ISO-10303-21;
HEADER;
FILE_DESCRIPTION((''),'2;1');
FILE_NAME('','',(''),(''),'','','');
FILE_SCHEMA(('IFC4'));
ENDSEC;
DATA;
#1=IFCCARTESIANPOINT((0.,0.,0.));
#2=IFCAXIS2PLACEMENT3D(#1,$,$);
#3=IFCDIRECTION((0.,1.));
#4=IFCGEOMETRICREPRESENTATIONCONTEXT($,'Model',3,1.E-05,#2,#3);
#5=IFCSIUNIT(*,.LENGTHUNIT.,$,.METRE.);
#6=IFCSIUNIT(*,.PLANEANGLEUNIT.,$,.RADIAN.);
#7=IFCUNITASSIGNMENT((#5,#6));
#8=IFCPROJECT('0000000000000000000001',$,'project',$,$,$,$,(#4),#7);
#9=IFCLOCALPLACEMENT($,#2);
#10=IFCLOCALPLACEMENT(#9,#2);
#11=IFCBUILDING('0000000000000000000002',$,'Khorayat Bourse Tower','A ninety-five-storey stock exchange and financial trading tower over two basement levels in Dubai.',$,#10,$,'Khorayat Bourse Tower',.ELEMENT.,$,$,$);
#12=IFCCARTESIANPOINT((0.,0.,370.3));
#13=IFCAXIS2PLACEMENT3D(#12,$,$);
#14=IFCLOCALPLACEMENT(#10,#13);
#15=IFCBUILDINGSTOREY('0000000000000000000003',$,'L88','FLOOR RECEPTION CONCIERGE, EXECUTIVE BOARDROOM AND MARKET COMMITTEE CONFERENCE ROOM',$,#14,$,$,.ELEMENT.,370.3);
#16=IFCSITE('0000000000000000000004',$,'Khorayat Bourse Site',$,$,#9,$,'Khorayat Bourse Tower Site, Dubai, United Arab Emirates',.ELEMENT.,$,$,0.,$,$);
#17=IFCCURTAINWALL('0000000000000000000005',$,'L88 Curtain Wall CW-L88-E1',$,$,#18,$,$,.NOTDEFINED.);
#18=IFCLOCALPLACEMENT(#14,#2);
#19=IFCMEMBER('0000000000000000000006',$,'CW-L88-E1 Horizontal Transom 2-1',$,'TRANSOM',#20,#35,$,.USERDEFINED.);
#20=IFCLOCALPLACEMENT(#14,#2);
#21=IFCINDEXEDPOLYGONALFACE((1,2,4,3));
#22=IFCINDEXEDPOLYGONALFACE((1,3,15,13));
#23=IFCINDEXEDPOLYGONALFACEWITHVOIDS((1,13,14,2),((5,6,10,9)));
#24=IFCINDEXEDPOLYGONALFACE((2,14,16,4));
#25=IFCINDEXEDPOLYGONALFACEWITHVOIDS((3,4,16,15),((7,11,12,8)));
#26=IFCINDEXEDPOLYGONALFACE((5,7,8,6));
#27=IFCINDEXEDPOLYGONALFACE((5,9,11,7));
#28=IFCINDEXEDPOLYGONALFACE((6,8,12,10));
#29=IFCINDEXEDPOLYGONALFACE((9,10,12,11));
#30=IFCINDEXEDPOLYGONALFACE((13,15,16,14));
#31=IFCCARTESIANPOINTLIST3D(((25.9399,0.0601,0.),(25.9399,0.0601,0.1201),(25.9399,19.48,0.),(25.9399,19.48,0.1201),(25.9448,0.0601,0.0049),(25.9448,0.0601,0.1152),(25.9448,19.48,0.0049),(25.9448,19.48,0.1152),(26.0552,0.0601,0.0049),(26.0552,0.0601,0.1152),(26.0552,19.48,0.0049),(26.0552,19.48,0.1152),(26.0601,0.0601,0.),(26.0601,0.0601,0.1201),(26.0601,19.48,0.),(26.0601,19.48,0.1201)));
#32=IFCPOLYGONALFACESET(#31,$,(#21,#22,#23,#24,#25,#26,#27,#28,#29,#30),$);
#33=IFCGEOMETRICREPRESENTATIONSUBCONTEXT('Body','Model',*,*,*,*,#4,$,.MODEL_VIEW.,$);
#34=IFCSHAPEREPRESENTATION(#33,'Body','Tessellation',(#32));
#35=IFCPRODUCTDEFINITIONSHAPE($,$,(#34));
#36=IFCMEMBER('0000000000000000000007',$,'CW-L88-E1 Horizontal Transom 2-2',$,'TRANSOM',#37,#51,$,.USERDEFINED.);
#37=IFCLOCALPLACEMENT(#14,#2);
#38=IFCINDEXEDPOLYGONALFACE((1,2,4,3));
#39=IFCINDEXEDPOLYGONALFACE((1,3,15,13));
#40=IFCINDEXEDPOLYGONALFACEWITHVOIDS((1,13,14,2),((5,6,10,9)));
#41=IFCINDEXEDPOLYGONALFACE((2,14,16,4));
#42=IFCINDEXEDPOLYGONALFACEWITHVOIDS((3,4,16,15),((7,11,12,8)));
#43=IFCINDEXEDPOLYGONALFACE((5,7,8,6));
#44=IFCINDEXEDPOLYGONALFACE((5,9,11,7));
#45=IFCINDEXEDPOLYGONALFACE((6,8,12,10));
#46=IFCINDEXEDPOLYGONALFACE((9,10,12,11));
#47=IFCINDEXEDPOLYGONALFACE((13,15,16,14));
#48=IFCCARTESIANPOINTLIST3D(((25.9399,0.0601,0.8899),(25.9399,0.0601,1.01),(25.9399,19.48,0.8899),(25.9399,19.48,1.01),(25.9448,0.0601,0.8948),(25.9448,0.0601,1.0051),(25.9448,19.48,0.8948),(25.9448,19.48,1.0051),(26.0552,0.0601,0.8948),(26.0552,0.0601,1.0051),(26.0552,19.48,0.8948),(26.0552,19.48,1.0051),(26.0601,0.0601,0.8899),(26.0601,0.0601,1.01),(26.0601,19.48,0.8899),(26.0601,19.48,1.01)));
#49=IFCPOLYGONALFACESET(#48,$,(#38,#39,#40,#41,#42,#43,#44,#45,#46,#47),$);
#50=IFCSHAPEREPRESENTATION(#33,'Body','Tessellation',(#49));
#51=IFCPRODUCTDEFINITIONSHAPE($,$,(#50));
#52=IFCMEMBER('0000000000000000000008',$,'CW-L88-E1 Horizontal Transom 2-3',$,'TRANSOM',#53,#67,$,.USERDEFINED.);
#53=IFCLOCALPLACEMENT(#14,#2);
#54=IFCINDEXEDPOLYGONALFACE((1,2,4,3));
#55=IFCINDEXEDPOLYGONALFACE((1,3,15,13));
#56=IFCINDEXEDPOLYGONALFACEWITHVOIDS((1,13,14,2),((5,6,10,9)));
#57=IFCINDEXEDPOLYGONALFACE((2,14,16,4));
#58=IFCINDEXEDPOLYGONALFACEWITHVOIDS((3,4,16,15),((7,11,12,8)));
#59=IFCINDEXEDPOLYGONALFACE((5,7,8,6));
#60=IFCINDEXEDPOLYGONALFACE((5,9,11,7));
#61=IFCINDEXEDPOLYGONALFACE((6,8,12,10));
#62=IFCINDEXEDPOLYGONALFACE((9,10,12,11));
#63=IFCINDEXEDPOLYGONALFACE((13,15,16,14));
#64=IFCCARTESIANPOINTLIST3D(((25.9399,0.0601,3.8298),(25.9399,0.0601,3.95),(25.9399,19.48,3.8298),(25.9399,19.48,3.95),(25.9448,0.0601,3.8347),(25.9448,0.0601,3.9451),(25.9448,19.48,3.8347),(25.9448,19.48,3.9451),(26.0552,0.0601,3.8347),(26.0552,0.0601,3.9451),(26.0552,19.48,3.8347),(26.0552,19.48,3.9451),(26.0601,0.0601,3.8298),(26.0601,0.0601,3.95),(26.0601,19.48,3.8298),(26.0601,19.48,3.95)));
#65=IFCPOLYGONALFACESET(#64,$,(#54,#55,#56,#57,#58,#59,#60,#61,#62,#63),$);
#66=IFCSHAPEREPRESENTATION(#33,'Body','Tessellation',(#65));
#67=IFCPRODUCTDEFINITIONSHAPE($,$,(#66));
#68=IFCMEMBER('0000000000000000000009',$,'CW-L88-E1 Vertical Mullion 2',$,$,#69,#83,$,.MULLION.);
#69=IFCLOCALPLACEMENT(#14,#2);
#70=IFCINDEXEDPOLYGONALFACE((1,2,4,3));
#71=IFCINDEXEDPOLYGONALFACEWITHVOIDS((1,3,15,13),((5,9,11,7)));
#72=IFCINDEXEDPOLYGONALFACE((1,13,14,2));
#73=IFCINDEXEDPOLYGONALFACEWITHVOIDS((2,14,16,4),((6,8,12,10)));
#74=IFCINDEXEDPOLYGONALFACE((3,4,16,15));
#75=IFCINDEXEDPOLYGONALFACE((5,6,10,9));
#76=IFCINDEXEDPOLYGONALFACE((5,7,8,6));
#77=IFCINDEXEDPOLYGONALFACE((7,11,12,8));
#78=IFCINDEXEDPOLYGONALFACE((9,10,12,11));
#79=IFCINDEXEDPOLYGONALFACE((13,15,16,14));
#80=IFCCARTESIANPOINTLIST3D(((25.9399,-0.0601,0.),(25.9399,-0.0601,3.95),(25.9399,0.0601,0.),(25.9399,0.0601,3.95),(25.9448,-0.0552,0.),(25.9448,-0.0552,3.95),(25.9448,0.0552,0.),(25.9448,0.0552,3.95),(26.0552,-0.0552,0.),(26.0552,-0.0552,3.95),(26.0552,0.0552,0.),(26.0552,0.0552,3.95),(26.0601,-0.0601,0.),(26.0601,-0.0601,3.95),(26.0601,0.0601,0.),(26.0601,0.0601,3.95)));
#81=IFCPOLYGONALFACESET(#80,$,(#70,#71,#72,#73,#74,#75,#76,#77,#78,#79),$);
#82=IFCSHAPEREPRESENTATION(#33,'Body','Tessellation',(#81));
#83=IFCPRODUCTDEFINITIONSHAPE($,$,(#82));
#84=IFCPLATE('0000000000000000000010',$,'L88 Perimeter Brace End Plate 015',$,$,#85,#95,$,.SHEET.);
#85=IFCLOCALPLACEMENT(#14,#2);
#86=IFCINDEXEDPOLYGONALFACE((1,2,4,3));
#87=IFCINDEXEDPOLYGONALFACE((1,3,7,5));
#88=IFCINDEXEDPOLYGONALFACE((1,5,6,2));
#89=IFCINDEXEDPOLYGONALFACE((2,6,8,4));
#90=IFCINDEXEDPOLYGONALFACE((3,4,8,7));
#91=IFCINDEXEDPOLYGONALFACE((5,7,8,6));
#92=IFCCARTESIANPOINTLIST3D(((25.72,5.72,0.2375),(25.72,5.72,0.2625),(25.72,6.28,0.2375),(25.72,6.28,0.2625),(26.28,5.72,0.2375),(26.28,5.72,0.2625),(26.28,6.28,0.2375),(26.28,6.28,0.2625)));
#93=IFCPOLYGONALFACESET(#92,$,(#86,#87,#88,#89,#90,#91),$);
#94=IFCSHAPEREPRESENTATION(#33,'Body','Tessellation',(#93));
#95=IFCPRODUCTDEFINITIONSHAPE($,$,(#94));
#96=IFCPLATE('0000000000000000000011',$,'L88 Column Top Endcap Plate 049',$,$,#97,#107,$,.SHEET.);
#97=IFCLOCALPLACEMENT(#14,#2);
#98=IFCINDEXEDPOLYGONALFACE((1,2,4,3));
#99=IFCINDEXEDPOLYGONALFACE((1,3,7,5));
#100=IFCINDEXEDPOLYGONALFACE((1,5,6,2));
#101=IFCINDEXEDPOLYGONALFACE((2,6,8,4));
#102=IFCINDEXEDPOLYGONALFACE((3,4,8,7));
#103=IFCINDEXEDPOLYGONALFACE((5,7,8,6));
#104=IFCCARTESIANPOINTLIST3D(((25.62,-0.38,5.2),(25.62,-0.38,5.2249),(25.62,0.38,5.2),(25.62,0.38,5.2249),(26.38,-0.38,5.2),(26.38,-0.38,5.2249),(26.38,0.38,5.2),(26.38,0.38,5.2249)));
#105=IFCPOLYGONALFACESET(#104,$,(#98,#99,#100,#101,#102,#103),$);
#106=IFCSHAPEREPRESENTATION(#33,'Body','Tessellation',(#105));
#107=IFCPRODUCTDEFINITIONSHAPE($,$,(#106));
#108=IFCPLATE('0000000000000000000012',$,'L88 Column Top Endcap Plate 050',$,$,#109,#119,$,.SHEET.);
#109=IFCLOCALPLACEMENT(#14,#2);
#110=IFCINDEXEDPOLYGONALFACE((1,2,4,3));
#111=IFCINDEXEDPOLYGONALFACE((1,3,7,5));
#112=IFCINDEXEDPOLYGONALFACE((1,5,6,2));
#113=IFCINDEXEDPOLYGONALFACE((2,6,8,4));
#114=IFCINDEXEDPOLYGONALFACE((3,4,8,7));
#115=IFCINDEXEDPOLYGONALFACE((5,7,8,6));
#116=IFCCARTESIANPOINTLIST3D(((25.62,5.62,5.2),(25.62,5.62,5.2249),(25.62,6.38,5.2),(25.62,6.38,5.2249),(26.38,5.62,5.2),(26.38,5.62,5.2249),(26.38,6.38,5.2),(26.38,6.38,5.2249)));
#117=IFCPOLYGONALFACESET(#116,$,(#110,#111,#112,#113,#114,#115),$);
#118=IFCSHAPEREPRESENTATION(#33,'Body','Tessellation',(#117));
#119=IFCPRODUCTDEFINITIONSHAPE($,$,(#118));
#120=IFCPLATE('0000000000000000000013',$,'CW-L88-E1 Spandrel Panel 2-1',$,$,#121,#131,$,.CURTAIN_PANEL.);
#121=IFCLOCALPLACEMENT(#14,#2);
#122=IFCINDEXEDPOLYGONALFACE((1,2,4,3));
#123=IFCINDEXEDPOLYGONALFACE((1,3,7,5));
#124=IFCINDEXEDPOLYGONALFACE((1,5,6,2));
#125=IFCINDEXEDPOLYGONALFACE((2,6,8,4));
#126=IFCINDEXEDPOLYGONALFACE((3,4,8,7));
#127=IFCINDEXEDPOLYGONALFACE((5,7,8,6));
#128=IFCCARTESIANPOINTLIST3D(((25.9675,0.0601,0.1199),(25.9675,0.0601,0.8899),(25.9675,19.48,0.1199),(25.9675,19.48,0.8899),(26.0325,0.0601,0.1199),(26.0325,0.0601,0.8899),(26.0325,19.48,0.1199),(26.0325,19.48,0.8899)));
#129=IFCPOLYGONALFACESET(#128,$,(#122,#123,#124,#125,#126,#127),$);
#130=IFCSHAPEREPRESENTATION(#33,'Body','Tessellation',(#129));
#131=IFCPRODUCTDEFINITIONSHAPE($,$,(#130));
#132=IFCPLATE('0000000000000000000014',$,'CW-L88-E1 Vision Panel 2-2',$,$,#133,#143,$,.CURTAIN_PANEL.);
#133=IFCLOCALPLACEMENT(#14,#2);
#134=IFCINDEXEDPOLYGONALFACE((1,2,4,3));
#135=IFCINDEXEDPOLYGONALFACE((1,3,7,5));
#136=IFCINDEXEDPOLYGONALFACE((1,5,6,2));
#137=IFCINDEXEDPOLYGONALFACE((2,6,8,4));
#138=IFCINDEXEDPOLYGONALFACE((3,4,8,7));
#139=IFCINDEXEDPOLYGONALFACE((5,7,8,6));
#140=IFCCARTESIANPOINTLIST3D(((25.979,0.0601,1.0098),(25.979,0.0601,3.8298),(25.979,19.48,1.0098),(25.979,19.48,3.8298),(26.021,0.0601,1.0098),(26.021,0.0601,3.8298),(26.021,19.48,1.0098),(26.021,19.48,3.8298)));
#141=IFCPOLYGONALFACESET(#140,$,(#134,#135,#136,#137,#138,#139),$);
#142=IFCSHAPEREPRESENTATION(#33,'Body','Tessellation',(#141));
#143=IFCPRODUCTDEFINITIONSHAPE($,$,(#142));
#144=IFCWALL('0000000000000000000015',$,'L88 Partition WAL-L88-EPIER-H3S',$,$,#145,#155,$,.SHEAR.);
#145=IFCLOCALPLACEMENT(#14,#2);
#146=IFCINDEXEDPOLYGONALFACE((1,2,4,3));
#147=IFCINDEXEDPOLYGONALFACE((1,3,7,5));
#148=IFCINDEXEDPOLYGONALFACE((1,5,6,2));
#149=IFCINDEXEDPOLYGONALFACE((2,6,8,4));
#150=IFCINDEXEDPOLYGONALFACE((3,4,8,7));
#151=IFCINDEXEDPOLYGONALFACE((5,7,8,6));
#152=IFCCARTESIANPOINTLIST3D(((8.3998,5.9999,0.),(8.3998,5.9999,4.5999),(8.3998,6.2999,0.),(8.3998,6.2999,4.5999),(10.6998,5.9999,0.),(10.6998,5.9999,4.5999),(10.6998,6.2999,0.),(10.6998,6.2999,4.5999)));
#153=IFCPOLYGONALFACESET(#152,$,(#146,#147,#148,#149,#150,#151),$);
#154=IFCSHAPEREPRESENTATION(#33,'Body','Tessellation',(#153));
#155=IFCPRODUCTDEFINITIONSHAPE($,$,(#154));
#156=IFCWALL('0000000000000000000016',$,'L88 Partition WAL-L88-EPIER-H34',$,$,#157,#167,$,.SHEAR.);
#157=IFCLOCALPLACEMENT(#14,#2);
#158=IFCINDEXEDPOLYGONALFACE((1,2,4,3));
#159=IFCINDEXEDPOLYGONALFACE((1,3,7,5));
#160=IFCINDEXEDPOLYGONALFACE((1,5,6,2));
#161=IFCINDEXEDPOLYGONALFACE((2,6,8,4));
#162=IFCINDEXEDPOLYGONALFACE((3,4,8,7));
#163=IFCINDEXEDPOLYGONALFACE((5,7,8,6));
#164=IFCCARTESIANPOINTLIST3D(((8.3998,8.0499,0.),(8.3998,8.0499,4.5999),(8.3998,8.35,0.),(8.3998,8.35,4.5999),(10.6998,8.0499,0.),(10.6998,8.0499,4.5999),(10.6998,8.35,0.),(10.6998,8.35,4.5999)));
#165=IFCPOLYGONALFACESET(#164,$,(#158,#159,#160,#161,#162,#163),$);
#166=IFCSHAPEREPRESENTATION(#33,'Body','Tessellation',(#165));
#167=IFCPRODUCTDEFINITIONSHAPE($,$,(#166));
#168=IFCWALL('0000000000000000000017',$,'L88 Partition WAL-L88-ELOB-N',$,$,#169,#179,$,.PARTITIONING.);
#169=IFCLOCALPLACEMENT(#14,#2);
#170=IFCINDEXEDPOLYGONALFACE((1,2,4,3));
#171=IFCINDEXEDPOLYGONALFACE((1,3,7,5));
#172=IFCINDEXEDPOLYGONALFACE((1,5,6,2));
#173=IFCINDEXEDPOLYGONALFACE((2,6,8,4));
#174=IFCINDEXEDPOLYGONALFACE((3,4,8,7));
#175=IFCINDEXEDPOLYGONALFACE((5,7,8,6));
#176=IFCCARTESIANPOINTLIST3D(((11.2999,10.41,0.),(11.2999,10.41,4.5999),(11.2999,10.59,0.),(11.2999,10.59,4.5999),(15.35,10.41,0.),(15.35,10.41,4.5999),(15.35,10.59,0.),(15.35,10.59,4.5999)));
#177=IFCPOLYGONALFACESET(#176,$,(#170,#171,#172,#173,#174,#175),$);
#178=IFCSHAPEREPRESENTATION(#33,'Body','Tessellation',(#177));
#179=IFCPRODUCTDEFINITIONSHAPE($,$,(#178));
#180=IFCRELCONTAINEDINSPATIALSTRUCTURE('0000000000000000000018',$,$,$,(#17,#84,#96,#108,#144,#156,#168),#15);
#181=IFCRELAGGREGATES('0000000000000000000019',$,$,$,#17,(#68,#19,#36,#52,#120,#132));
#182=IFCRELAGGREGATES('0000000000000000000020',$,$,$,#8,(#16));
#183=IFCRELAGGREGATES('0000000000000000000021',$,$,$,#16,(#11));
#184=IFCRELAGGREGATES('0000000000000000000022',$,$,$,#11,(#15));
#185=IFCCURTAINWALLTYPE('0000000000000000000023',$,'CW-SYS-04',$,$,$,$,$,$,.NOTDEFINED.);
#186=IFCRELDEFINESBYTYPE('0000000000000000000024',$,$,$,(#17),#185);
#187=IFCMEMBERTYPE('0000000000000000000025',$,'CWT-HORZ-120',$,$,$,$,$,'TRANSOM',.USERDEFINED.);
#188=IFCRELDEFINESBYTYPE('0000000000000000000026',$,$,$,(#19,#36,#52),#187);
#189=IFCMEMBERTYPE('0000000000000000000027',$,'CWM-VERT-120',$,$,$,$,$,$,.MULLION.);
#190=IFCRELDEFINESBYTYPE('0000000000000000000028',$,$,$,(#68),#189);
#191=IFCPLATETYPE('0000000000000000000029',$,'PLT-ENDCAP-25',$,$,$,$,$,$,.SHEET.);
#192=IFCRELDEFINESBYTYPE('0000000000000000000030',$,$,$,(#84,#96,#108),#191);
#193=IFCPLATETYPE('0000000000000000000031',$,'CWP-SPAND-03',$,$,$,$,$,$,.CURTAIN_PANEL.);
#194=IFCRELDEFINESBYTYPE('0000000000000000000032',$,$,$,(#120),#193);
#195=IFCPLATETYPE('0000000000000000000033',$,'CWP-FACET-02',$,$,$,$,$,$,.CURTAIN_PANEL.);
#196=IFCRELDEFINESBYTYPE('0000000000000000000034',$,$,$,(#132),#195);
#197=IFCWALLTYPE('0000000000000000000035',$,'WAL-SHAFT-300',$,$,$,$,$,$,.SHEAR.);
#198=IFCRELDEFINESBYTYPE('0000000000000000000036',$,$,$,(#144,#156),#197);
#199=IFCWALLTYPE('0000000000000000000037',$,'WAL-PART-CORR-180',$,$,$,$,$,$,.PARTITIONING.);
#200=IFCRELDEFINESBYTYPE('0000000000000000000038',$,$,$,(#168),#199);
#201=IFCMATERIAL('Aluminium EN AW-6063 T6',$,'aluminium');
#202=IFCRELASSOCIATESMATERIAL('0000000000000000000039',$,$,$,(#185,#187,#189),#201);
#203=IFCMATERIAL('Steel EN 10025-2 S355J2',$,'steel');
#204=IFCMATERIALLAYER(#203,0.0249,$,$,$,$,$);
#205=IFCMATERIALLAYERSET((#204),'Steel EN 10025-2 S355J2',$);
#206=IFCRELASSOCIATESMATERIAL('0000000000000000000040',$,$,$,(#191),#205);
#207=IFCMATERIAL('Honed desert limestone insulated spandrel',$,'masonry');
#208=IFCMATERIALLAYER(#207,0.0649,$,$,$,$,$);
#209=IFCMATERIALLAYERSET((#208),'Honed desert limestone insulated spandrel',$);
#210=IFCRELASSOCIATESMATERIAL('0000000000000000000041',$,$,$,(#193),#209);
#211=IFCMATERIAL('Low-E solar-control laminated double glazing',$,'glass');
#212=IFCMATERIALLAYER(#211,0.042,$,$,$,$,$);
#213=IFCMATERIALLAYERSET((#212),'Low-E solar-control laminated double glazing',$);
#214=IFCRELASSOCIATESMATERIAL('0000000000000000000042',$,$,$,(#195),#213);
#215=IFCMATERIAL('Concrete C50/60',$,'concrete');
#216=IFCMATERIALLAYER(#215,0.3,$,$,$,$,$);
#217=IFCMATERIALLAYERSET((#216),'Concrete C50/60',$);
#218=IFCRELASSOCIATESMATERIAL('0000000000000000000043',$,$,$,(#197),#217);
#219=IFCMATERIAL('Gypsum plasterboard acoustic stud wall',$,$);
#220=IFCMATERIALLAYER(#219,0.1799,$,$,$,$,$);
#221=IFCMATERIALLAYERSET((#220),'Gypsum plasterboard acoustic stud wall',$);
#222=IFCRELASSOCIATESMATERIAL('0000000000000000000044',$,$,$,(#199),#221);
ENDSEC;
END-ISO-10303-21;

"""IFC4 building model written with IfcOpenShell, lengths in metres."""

from ifc_helpers import new_model, si_unit, direction, frame, frame_2d, origin, origin_2d, place, context, subcontext, project, spatial, rectangle, hollow_rectangle, extrude, source, transform, mapped, material, layer, layer_set, material_profile, profile_set, type_object, element, aggregate, save


model = new_model("IFC4")

# Units and contexts
model_context = context("Model", 3, precision=1e-05, world=origin(), true_north=direction((0.0, 1.0)))
body_context = subcontext(model_context, "Body", "Model", "MODEL_VIEW")
ifc_project = project(units=[si_unit("LENGTHUNIT", "METRE"), si_unit("PLANEANGLEUNIT", "RADIAN")], contexts=[model_context])

# Site, building, storey
site_placement = place(None, origin())
site = spatial("IfcSite", under=ifc_project, at=site_placement, Name="Khorayat Bourse Site", LongName="Khorayat Bourse Tower Site, Dubai, United Arab Emirates", CompositionType="ELEMENT", RefElevation=0.0)
building_placement = place(site_placement, origin())
building = spatial("IfcBuilding", under=site, at=building_placement, Name="Khorayat Bourse Tower", Description="A ninety-five-storey stock exchange and financial trading tower over two basement levels in Dubai.", LongName="Khorayat Bourse Tower", CompositionType="ELEMENT")
storey_placement = place(building_placement, frame((0.0, 0.0, 370.3)))
storey = spatial("IfcBuildingStorey", under=building, at=storey_placement, Name="L88", Description="FLOOR RECEPTION CONCIERGE, EXECUTIVE BOARDROOM AND MARKET COMMITTEE CONFERENCE ROOM", CompositionType="ELEMENT", Elevation=370.3)

# Shared definitions
ifc_material_1 = material(Name="Steel EN 10025-2 S355J2", Category="steel")

# Curtain wall, members
ifc_material_2 = material(Name="Aluminium EN AW-6063 T6", Category="aluminium")
curtain_wall_type = type_object("IfcCurtainWallType", Name="CW-SYS-04", PredefinedType="NOTDEFINED", material=ifc_material_2)
curtain_wall_placement = place(storey_placement, origin())
curtain_wall = element("IfcCurtainWall", 1, at=curtain_wall_placement, inside=storey, type_object=curtain_wall_type, Name="L88 Curtain Wall CW-L88-E1", PredefinedType="NOTDEFINED")
ifc_material_profile_1 = material_profile(ifc_material_2, hollow_rectangle(XDim=0.1201, YDim=0.1201, WallThickness=0.0049, at=origin_2d()), Name="ALU 120x120x5")
ifc_profile_set_1 = profile_set([ifc_material_profile_1], Name="Aluminium EN AW-6063 T6")
member_type_1 = type_object("IfcMemberType", Name="CWT-HORZ-120", ElementType="TRANSOM", PredefinedType="USERDEFINED", material=ifc_profile_set_1)
shared_shape_1 = source(origin(), body_context, "Body", "SweptSolid", [
    extrude(hollow_rectangle(XDim=0.1201, YDim=0.1201, WallThickness=0.0049, at=origin_2d()), origin(), (0.0, 0.0, 1.0), 19.4199),
])
member_1_placement = place(storey_placement, frame((26.0, 0.0601, 0.0601), z_axis=(0.0, 1.0, 0.0), x_axis=(-1.0, 0.0, 0.0)))
member_1 = element("IfcMember", 2, at=member_1_placement, type_object=member_type_1, Name="CW-L88-E1 Horizontal Transom 2-1", ObjectType="TRANSOM", PredefinedType="USERDEFINED", context=body_context, shape_type="MappedRepresentation", body=[
    mapped(shared_shape_1, transform((0.0, 0.0, 0.0), scale=1.0)),
])
member_2_placement = place(storey_placement, frame((26.0, 0.0601, 0.95), z_axis=(0.0, 1.0, 0.0), x_axis=(-1.0, 0.0, 0.0)))
member_2 = element("IfcMember", 3, at=member_2_placement, type_object=member_type_1, Name="CW-L88-E1 Horizontal Transom 2-2", ObjectType="TRANSOM", PredefinedType="USERDEFINED", context=body_context, shape_type="MappedRepresentation", body=[
    mapped(shared_shape_1, transform((0.0, 0.0, 0.0), scale=1.0)),
])
member_3_placement = place(storey_placement, frame((26.0, 0.0601, 3.8899), z_axis=(0.0, 1.0, 0.0), x_axis=(-1.0, 0.0, 0.0)))
member_3 = element("IfcMember", 4, at=member_3_placement, type_object=member_type_1, Name="CW-L88-E1 Horizontal Transom 2-3", ObjectType="TRANSOM", PredefinedType="USERDEFINED", context=body_context, shape_type="MappedRepresentation", body=[
    mapped(shared_shape_1, transform((0.0, 0.0, 0.0), scale=1.0)),
])
ifc_material_profile_2 = material_profile(ifc_material_2, hollow_rectangle(XDim=0.1201, YDim=0.1201, WallThickness=0.0049, at=origin_2d()), Name="ALU 120x120x5")
ifc_profile_set_2 = profile_set([ifc_material_profile_2], Name="Aluminium EN AW-6063 T6")
member_type_2 = type_object("IfcMemberType", Name="CWM-VERT-120", PredefinedType="MULLION", material=ifc_profile_set_2)
shared_shape_2 = source(origin(), body_context, "Body", "SweptSolid", [
    extrude(hollow_rectangle(XDim=0.1201, YDim=0.1201, WallThickness=0.0049, at=origin_2d()), origin(), (0.0, 0.0, 1.0), 3.95),
])
member_4_placement = place(storey_placement, frame((26.0, 0.0, 0.0), z_axis=(0.0, 0.0, 1.0), x_axis=(-1.0, 0.0, 0.0)))
member_4 = element("IfcMember", 5, at=member_4_placement, type_object=member_type_2, Name="CW-L88-E1 Vertical Mullion 2", PredefinedType="MULLION", context=body_context, shape_type="MappedRepresentation", body=[
    mapped(shared_shape_2, transform((0.0, 0.0, 0.0), scale=1.0)),
])

# Plates
ifc_layer_1 = layer(ifc_material_1, 0.0249)
ifc_layer_set_1 = layer_set([ifc_layer_1], Name="Steel EN 10025-2 S355J2")
plate_type_1 = type_object("IfcPlateType", Name="PLT-ENDCAP-25", PredefinedType="SHEET", material=ifc_layer_set_1)
shared_shape_3 = source(origin(), body_context, "Body", "SweptSolid", [
    extrude(rectangle(XDim=0.5601, YDim=0.5601, at=origin_2d()), origin(), (0.0, 0.0, 1.0), 0.0249),
])
plate_1_placement = place(storey_placement, frame((26.0, 6.0, 0.2375), z_axis=(0.0, 0.0, 1.0), x_axis=(1.0, 0.0, 0.0)))
element("IfcPlate", 6, at=plate_1_placement, inside=storey, type_object=plate_type_1, Name="L88 Perimeter Brace End Plate 015", PredefinedType="SHEET", context=body_context, shape_type="MappedRepresentation", body=[
    mapped(shared_shape_3, transform((0.0, 0.0, 0.0), scale=1.0)),
])
shared_shape_4 = source(origin(), body_context, "Body", "SweptSolid", [
    extrude(rectangle(XDim=0.76, YDim=0.76, at=origin_2d()), origin(), (0.0, 0.0, 1.0), 0.0249),
])
for number, where, z_axis, x_axis, name in (
    (7, (26.0, 0.0, 5.2), (0.0, 0.0, 1.0), (1.0, 0.0, 0.0), "L88 Column Top Endcap Plate 049"),
    (8, (26.0, 6.0, 5.2), (0.0, 0.0, 1.0), (1.0, 0.0, 0.0), "L88 Column Top Endcap Plate 050"),
):
    element("IfcPlate", number, at=place(storey_placement, frame(where, z_axis=z_axis, x_axis=x_axis)), inside=storey, type_object=plate_type_1, Name=name, PredefinedType="SHEET", context=body_context, shape_type="MappedRepresentation", body=[
        mapped(shared_shape_4, transform((0.0, 0.0, 0.0), scale=1.0)),
    ])

# Plates
ifc_material_3 = material(Name="Honed desert limestone insulated spandrel", Category="masonry")
ifc_layer_2 = layer(ifc_material_3, 0.0649)
ifc_layer_set_2 = layer_set([ifc_layer_2], Name="Honed desert limestone insulated spandrel")
plate_type_2 = type_object("IfcPlateType", Name="CWP-SPAND-03", PredefinedType="CURTAIN_PANEL", material=ifc_layer_set_2)
shared_shape_5 = source(origin(), body_context, "Body", "SweptSolid", [
    extrude(rectangle(XDim=19.4199, YDim=0.0649, at=origin_2d()), origin(), (0.0, 0.0, 1.0), 0.77),
])
plate_2_placement = place(storey_placement, frame((26.0, 9.77, 0.1199), z_axis=(0.0, 0.0, 1.0), x_axis=(0.0, 1.0, 0.0)))
plate_2 = element("IfcPlate", 9, at=plate_2_placement, type_object=plate_type_2, Name="CW-L88-E1 Spandrel Panel 2-1", PredefinedType="CURTAIN_PANEL", context=body_context, shape_type="MappedRepresentation", body=[
    mapped(shared_shape_5, transform((0.0, 0.0, 0.0), scale=1.0)),
])
ifc_material_4 = material(Name="Low-E solar-control laminated double glazing", Category="glass")
ifc_layer_3 = layer(ifc_material_4, 0.042)
ifc_layer_set_3 = layer_set([ifc_layer_3], Name="Low-E solar-control laminated double glazing")
plate_type_3 = type_object("IfcPlateType", Name="CWP-FACET-02", PredefinedType="CURTAIN_PANEL", material=ifc_layer_set_3)
shared_shape_6 = source(origin(), body_context, "Body", "SweptSolid", [
    extrude(rectangle(XDim=19.4199, YDim=0.042, at=origin_2d()), origin(), (0.0, 0.0, 1.0), 2.8201),
])
plate_3_placement = place(storey_placement, frame((26.0, 9.77, 1.0098), z_axis=(0.0, 0.0, 1.0), x_axis=(0.0, 1.0, 0.0)))
plate_3 = element("IfcPlate", 10, at=plate_3_placement, type_object=plate_type_3, Name="CW-L88-E1 Vision Panel 2-2", PredefinedType="CURTAIN_PANEL", context=body_context, shape_type="MappedRepresentation", body=[
    mapped(shared_shape_6, transform((0.0, 0.0, 0.0), scale=1.0)),
])
aggregate(curtain_wall, [member_4, member_1, member_2, member_3, plate_2, plate_3])

# Walls
ifc_material_5 = material(Name="Concrete C50/60", Category="concrete")
ifc_layer_4 = layer(ifc_material_5, 0.3)
ifc_layer_set_4 = layer_set([ifc_layer_4], Name="Concrete C50/60")
wall_type_1 = type_object("IfcWallType", Name="WAL-SHAFT-300", PredefinedType="SHEAR", material=ifc_layer_set_4)
shared_shape_7 = source(origin(), body_context, "Body", "SweptSolid", [
    extrude(rectangle(XDim=2.3, YDim=0.3, at=frame_2d((1.1499, 0.0))), origin(), (0.0, 0.0, 1.0), 4.5999),
])
for number, where, z_axis, x_axis, name in (
    (11, (8.3999, 6.1499, 0.0), (0.0, 0.0, 1.0), (1.0, 0.0, 0.0), "L88 Partition WAL-L88-EPIER-H3S"),
    (12, (8.3999, 8.2, 0.0), (0.0, 0.0, 1.0), (1.0, 0.0, 0.0), "L88 Partition WAL-L88-EPIER-H34"),
):
    element("IfcWall", number, at=place(storey_placement, frame(where, z_axis=z_axis, x_axis=x_axis)), inside=storey, type_object=wall_type_1, Name=name, PredefinedType="SHEAR", context=body_context, shape_type="MappedRepresentation", body=[
        mapped(shared_shape_7, transform((0.0, 0.0, 0.0), scale=1.0)),
    ])
ifc_material_6 = material(Name="Gypsum plasterboard acoustic stud wall")
ifc_layer_5 = layer(ifc_material_6, 0.1799)
ifc_layer_set_5 = layer_set([ifc_layer_5], Name="Gypsum plasterboard acoustic stud wall")
wall_type_2 = type_object("IfcWallType", Name="WAL-PART-CORR-180", PredefinedType="PARTITIONING", material=ifc_layer_set_5)
shared_shape_8 = source(origin(), body_context, "Body", "SweptSolid", [
    extrude(rectangle(XDim=4.05, YDim=0.1799, at=frame_2d((2.0249, 0.0))), origin(), (0.0, 0.0, 1.0), 4.5999),
])
wall_placement = place(storey_placement, frame((11.3, 10.5, 0.0), z_axis=(0.0, 0.0, 1.0), x_axis=(1.0, 0.0, 0.0)))
element("IfcWall", 13, at=wall_placement, inside=storey, type_object=wall_type_2, Name="L88 Partition WAL-L88-ELOB-N", PredefinedType="PARTITIONING", context=body_context, shape_type="MappedRepresentation", body=[
    mapped(shared_shape_8, transform((0.0, 0.0, 0.0), scale=1.0)),
])

save(model, "model.ifc")
